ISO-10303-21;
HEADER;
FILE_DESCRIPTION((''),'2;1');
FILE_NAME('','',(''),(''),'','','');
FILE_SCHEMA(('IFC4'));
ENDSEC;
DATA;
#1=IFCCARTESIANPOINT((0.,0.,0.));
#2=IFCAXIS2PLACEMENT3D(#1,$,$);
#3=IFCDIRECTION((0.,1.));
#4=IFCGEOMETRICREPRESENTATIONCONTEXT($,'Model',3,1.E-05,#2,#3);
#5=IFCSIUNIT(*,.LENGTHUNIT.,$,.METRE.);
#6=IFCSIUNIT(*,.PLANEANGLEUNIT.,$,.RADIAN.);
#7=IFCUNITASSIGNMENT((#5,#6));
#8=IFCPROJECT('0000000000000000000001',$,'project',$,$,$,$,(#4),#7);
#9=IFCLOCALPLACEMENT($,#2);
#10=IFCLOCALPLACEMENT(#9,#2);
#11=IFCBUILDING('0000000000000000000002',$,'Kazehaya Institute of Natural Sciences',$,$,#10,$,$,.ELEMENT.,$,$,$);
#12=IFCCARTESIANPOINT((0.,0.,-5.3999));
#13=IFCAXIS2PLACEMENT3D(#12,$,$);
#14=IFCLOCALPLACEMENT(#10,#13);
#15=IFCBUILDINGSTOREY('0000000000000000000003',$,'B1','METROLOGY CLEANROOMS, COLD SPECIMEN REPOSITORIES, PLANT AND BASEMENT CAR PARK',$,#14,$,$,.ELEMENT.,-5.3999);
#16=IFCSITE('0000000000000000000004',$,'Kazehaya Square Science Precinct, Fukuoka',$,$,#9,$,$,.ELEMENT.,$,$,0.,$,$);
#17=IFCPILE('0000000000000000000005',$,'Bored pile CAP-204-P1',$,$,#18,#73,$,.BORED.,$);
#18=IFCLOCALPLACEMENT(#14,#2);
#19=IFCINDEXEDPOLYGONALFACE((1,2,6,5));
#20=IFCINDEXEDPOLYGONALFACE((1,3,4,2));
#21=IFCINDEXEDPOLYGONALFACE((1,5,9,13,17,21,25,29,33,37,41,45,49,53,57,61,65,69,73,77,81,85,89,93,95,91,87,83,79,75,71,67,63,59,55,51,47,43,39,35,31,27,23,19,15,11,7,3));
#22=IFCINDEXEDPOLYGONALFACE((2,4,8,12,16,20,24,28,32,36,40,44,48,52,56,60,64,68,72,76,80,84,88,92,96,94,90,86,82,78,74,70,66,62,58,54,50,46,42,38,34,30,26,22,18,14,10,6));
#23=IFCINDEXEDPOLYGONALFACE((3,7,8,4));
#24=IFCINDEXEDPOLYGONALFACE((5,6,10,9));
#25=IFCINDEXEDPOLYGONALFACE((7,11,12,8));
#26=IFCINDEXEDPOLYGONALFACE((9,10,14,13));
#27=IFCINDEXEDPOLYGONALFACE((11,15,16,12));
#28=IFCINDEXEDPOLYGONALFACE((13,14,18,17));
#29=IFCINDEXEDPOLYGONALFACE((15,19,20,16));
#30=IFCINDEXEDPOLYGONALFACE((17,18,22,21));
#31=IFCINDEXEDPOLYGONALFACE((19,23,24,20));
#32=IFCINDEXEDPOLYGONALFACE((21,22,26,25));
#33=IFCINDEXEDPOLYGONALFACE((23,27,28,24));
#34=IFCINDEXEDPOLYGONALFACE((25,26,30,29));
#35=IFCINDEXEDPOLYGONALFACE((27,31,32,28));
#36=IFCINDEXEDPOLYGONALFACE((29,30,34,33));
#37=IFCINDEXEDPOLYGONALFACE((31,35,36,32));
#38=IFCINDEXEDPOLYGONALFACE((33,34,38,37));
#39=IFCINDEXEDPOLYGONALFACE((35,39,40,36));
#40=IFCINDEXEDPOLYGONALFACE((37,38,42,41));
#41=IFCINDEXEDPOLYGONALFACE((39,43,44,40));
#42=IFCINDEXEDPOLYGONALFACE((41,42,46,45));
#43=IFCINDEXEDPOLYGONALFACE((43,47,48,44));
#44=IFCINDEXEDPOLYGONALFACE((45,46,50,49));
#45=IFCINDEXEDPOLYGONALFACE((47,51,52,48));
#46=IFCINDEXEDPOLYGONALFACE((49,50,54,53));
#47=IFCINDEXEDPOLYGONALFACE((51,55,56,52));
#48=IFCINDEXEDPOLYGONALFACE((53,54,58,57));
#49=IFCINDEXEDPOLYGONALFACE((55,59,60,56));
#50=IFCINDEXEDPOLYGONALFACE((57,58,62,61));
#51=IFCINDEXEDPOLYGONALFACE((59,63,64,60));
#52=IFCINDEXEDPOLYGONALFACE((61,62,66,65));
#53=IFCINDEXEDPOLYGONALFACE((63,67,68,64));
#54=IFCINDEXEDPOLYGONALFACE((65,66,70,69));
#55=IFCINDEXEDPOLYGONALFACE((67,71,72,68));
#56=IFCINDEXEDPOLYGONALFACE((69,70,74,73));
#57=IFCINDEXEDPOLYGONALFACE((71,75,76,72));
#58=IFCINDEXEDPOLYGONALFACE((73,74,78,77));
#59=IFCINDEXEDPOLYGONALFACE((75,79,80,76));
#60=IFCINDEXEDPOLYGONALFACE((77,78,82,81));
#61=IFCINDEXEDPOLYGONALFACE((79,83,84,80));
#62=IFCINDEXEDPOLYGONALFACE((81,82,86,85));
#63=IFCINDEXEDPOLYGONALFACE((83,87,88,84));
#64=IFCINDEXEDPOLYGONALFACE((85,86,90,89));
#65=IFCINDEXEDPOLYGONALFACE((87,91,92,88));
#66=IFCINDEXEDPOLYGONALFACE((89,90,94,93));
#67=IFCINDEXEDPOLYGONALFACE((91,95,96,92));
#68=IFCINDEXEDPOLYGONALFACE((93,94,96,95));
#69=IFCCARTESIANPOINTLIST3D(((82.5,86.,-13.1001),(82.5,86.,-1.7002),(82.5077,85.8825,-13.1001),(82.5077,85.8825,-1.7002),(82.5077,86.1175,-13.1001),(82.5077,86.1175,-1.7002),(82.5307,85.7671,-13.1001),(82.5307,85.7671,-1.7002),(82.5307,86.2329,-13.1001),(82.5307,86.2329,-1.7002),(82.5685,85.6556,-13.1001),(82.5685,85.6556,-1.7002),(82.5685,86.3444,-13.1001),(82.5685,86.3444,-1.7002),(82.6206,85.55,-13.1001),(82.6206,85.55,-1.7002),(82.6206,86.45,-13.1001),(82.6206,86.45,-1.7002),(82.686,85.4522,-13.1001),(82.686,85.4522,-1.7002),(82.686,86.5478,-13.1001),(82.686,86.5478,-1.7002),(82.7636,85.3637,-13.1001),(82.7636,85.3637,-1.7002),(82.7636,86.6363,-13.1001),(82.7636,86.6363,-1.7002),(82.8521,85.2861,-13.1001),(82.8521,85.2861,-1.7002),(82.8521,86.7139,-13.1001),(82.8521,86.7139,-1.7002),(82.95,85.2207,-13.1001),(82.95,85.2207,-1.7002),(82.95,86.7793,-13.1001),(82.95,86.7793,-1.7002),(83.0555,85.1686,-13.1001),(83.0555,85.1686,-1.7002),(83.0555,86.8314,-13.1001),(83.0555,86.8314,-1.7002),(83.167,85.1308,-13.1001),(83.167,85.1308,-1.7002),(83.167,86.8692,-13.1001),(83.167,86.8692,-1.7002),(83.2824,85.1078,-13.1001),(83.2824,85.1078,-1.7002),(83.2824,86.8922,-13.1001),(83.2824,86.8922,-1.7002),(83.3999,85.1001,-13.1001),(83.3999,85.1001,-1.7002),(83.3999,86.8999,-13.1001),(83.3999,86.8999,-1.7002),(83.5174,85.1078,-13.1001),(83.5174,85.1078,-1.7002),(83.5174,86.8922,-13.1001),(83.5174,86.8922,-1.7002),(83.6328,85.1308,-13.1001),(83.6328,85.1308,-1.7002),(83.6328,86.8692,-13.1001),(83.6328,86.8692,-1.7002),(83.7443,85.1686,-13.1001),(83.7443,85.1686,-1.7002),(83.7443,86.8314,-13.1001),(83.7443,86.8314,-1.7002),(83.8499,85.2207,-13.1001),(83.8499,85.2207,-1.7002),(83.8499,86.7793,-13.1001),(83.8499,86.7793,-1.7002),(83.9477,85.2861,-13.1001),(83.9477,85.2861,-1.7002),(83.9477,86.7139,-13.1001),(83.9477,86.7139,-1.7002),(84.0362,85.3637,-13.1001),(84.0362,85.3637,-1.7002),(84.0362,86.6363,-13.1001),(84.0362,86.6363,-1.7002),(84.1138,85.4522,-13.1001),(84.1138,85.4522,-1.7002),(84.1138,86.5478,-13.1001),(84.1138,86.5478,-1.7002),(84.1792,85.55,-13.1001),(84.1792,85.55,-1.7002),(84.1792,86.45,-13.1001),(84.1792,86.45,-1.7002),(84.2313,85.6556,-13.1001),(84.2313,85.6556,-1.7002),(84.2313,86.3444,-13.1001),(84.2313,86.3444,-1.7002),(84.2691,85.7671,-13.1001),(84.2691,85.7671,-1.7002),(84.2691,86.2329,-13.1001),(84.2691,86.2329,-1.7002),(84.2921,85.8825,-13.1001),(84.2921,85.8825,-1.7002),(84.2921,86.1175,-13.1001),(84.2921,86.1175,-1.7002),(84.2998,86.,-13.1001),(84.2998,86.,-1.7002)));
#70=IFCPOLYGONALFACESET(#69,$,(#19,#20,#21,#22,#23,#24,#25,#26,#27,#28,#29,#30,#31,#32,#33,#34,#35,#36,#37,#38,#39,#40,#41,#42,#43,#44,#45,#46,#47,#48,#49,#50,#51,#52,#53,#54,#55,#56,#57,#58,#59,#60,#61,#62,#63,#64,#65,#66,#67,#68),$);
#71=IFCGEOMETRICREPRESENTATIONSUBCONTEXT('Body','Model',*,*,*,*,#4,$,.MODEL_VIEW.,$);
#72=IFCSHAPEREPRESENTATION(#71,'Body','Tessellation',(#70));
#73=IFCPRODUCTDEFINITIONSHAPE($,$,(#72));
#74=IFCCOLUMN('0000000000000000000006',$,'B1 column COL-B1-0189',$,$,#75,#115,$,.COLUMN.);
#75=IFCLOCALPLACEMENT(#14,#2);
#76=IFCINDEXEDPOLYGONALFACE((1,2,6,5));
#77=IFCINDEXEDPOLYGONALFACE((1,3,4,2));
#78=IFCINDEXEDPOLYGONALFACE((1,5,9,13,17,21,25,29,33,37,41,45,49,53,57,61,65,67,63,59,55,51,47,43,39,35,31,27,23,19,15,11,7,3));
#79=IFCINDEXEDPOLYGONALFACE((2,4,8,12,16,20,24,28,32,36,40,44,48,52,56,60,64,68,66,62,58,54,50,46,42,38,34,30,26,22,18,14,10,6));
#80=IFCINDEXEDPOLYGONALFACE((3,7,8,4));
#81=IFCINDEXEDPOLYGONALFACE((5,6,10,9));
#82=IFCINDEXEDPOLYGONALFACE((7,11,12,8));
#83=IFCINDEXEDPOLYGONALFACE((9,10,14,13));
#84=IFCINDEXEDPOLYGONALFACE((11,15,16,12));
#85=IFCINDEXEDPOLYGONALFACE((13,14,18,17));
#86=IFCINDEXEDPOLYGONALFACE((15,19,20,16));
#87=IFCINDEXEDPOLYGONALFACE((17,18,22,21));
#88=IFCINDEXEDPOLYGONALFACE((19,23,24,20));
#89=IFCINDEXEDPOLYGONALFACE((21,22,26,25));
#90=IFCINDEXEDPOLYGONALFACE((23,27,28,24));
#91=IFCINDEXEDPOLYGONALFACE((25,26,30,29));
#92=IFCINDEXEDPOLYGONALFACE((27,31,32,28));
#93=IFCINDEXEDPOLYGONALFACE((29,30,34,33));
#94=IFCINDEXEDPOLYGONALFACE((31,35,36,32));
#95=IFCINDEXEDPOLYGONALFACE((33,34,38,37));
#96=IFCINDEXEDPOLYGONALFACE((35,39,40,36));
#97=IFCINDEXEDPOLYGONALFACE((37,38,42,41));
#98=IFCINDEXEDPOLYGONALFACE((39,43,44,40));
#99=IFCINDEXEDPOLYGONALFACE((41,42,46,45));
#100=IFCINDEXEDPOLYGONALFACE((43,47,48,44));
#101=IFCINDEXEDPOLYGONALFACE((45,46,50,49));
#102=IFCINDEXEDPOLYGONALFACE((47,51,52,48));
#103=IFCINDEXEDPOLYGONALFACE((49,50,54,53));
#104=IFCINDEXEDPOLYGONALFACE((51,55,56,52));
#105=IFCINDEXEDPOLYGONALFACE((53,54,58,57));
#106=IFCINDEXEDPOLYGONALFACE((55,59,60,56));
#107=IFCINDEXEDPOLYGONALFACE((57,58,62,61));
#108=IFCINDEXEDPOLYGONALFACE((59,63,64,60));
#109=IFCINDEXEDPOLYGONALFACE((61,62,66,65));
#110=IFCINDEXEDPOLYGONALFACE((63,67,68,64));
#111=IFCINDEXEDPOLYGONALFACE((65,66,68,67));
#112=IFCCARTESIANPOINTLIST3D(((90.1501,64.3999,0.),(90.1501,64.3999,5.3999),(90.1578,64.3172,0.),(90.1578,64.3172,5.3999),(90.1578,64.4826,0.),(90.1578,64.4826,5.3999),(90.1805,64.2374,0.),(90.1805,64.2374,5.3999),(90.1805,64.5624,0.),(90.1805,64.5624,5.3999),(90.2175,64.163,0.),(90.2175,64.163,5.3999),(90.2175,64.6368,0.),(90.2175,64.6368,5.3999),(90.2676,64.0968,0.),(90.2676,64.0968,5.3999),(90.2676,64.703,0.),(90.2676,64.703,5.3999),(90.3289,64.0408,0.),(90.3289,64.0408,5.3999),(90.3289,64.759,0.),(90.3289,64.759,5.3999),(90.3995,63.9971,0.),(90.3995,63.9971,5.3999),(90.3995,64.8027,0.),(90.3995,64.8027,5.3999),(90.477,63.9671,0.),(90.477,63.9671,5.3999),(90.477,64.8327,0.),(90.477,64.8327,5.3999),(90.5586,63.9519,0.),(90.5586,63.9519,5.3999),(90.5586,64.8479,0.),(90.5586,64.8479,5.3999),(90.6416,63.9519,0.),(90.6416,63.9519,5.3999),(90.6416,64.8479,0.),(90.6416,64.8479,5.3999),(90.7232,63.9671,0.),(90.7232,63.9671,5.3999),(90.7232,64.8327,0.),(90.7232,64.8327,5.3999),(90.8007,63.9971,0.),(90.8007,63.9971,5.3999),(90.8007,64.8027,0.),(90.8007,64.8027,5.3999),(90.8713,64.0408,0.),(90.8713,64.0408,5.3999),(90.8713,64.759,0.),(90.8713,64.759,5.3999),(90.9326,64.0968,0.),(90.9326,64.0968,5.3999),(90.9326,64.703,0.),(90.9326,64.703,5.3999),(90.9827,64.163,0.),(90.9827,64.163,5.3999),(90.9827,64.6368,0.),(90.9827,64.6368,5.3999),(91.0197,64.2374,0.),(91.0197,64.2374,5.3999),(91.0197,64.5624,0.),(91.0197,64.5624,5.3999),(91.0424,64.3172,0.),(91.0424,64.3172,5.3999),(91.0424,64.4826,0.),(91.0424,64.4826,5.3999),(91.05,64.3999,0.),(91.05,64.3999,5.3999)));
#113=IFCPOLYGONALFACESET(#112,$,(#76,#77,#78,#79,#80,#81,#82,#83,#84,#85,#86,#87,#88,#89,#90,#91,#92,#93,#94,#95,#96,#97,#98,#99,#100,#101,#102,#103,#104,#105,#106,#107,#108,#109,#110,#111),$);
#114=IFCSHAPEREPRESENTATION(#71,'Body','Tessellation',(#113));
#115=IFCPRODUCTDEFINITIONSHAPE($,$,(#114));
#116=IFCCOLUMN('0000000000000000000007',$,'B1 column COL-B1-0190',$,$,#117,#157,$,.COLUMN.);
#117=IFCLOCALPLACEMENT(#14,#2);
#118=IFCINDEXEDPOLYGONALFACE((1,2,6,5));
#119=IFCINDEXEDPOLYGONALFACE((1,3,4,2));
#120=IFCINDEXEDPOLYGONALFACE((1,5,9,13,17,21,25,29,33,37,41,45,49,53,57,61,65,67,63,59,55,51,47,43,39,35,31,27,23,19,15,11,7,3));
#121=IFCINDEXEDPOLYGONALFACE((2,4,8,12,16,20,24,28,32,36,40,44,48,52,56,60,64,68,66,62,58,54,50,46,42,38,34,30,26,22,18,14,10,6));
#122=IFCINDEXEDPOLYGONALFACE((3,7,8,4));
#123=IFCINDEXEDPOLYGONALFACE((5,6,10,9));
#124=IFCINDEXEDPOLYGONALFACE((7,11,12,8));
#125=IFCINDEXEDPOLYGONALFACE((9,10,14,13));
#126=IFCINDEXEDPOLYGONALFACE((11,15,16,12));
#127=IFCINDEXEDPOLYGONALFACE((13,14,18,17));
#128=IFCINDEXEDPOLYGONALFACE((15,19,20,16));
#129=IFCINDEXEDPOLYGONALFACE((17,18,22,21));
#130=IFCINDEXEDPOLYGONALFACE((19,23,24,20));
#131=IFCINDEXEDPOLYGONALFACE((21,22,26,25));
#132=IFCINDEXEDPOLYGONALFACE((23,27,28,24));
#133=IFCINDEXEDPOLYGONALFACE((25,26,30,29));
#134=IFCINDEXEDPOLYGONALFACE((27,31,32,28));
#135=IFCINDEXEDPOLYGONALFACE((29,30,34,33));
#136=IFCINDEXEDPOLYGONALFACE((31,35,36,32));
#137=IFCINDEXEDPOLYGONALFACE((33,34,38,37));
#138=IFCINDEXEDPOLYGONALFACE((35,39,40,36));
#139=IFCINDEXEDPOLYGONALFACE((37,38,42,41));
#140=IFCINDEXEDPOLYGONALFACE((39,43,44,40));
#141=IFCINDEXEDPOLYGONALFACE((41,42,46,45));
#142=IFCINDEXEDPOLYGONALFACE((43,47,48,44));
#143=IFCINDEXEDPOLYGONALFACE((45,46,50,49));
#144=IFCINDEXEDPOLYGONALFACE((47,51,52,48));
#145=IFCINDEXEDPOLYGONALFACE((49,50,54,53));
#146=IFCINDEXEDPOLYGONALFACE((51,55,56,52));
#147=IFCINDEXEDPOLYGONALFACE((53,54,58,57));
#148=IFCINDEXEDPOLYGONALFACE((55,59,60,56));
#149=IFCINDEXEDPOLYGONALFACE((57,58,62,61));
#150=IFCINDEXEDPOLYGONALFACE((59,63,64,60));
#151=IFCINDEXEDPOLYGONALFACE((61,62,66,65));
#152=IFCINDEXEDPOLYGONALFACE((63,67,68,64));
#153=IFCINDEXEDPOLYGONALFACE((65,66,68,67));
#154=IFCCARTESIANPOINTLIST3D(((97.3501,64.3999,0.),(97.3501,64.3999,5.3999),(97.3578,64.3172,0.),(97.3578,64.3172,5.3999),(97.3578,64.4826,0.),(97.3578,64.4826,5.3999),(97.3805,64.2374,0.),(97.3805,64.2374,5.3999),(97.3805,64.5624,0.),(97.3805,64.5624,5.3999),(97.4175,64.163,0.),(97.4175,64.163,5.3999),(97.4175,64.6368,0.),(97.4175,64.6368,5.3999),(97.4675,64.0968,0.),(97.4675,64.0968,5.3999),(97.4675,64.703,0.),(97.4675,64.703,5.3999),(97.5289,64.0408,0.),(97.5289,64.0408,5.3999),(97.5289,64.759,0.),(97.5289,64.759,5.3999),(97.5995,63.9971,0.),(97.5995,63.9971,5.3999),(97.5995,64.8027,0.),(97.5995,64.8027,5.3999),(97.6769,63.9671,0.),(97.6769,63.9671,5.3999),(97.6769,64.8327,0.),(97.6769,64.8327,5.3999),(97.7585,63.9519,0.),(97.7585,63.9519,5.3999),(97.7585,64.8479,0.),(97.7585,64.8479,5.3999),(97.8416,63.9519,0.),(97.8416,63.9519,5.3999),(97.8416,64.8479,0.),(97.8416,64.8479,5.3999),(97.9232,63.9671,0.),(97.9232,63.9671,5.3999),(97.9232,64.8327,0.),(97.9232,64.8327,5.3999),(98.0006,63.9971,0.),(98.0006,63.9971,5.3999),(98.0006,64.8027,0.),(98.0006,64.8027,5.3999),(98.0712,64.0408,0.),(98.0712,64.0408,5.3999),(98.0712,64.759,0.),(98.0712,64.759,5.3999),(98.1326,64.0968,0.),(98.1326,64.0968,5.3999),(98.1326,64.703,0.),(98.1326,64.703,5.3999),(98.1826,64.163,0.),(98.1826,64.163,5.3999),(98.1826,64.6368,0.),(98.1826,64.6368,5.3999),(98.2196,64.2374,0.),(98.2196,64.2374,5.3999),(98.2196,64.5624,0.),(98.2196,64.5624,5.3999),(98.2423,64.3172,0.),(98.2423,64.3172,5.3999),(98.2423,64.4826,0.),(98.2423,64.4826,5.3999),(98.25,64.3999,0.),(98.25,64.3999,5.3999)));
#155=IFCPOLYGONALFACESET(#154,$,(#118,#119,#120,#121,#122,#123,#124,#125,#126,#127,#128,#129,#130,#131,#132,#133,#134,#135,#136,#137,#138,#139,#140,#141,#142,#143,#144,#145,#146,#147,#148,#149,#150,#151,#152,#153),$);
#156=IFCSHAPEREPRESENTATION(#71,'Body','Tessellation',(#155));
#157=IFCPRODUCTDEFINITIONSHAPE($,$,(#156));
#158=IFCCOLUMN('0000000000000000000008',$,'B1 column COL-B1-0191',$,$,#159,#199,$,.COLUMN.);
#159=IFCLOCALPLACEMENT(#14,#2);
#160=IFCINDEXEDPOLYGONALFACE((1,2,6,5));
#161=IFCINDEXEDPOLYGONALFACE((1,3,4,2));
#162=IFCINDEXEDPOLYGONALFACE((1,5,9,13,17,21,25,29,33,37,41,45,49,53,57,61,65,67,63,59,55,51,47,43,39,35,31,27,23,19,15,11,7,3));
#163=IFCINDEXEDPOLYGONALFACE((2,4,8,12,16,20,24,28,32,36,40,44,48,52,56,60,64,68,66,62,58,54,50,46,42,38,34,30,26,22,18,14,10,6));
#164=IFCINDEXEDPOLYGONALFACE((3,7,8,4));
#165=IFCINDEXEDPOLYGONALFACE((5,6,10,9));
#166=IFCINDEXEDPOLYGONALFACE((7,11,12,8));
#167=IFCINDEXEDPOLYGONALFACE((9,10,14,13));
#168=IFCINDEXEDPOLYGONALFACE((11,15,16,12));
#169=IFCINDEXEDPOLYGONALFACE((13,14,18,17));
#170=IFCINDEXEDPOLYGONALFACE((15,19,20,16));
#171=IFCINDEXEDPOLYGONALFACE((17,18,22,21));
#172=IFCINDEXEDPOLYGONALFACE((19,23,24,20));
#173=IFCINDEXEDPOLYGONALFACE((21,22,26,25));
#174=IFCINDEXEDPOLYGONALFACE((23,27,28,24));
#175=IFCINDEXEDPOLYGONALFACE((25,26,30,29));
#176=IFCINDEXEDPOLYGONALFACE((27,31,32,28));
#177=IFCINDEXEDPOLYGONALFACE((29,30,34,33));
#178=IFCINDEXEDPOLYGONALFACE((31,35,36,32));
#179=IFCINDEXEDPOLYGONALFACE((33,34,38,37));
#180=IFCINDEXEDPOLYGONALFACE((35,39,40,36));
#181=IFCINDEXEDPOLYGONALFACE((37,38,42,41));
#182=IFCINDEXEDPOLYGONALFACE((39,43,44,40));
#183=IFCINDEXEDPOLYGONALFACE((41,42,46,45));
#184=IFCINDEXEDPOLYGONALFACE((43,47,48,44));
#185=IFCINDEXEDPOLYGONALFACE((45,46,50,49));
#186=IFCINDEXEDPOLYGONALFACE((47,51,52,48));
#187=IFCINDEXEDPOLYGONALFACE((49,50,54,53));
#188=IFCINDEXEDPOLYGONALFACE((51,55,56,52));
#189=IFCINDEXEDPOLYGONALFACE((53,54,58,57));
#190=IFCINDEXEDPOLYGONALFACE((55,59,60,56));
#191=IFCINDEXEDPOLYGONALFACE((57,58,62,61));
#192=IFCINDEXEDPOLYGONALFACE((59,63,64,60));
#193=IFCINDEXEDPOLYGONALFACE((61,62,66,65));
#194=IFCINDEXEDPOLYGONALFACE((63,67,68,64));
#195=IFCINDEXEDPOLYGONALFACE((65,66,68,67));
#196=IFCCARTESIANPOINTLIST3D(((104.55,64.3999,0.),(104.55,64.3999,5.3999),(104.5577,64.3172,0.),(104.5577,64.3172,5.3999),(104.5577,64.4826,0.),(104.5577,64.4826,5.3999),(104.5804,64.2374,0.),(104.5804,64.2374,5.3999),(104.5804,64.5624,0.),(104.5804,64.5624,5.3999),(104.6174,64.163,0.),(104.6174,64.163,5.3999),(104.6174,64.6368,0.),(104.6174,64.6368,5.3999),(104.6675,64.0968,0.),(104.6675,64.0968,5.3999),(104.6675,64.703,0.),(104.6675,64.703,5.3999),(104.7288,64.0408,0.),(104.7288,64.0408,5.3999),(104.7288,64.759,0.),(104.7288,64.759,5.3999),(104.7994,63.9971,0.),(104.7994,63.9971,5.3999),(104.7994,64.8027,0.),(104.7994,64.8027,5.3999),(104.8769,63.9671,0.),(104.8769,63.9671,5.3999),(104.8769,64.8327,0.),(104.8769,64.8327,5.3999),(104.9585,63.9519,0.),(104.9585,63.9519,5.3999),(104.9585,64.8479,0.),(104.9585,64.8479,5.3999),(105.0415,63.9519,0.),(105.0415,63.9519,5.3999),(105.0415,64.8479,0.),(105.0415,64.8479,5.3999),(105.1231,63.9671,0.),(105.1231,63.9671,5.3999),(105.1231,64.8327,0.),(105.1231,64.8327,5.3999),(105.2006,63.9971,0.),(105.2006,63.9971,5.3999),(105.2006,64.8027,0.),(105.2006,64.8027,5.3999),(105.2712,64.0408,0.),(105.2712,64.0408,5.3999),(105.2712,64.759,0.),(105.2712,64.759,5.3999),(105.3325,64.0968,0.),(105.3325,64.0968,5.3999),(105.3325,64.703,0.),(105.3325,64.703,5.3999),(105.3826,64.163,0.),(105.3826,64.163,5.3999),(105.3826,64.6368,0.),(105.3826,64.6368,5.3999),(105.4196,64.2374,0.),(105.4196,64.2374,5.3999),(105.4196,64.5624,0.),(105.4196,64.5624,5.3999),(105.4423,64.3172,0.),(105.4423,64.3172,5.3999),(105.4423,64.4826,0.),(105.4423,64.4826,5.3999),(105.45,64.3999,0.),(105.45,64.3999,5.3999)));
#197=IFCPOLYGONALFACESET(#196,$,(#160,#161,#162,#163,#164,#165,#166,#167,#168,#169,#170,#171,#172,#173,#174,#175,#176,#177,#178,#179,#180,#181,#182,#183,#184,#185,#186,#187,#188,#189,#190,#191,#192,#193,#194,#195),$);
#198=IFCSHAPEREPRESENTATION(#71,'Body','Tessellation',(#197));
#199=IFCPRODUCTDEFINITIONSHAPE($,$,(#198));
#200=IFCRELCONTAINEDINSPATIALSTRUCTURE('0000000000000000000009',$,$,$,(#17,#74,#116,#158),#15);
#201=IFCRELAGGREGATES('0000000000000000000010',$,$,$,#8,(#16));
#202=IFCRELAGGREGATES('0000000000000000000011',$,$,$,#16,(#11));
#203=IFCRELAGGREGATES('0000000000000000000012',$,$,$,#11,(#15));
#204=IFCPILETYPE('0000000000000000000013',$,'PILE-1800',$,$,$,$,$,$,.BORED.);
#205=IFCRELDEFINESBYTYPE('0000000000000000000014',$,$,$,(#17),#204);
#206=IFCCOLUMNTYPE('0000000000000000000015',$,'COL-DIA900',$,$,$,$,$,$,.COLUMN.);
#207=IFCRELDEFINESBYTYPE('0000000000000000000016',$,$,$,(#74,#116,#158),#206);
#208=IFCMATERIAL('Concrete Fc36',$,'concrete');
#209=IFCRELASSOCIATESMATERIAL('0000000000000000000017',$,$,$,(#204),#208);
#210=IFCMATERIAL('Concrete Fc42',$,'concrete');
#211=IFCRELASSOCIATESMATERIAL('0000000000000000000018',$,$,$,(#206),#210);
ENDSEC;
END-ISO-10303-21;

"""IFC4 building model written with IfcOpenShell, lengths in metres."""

from ifc_helpers import new_model, si_unit, direction, frame, origin, origin_2d, place, context, subcontext, project, spatial, circle, extrude, material, material_profile, profile_set, type_object, element, save


model = new_model("IFC4")

# Units and contexts
model_context = context("Model", 3, precision=1e-05, world=origin(), true_north=direction((0.0, 1.0)))
body_context = subcontext(model_context, "Body", "Model", "MODEL_VIEW")
ifc_project = project(units=[si_unit("LENGTHUNIT", "METRE"), si_unit("PLANEANGLEUNIT", "RADIAN")], contexts=[model_context])

# Site, building, storey
site_placement = place(None, origin())
site = spatial("IfcSite", under=ifc_project, at=site_placement, Name="Kazehaya Square Science Precinct, Fukuoka", CompositionType="ELEMENT", RefElevation=0.0)
building_placement = place(site_placement, origin())
building = spatial("IfcBuilding", under=site, at=building_placement, Name="Kazehaya Institute of Natural Sciences", CompositionType="ELEMENT")
storey_placement = place(building_placement, frame((0.0, 0.0, -5.3999)))
storey = spatial("IfcBuildingStorey", under=building, at=storey_placement, Name="B1", Description="METROLOGY CLEANROOMS, COLD SPECIMEN REPOSITORIES, PLANT AND BASEMENT CAR PARK", CompositionType="ELEMENT", Elevation=-5.3999)

# Shared definitions
ifc_material_1 = material(Name="Concrete Fc36", Category="concrete")

# Pile
ifc_material_profile_1 = material_profile(ifc_material_1, circle(Radius=0.8999, at=origin_2d()), Name="PILE-1800")
ifc_profile_set_1 = profile_set([ifc_material_profile_1], Name="Concrete Fc36")
pile_type_1 = type_object("IfcPileType", Name="PILE-1800", PredefinedType="BORED", material=ifc_profile_set_1)
pile_placement = place(storey_placement, frame((83.3999, 86.0, -1.7002), z_axis=(0.0, 0.0, -1.0), x_axis=(1.0, 0.0, 0.0)))
element("IfcPile", 1, at=pile_placement, inside=storey, type_object=pile_type_1, Name="Bored pile CAP-204-P1", PredefinedType="BORED", context=body_context, shape_type="SweptSolid", body=[
    extrude(circle(Radius=0.8999, at=origin_2d()), origin(), (0.0, 0.0, 1.0), 11.3999),
])

# Columns
ifc_material_2 = material(Name="Concrete Fc42", Category="concrete")
ifc_material_profile_2 = material_profile(ifc_material_2, circle(Radius=0.45, at=origin_2d()), Name="RC-DIA900")
ifc_profile_set_2 = profile_set([ifc_material_profile_2], Name="Concrete Fc42")
column_type_1 = type_object("IfcColumnType", Name="COL-DIA900", PredefinedType="COLUMN", material=ifc_profile_set_2)
for number, where, z_axis, x_axis, name in (
    (2, (90.6001, 64.3999, 0.0), (0.0, 0.0, 1.0), (1.0, 0.0, 0.0), "B1 column COL-B1-0189"),
    (3, (97.8, 64.3999, 0.0), (0.0, 0.0, 1.0), (1.0, 0.0, 0.0), "B1 column COL-B1-0190"),
    (4, (105.0, 64.3999, 0.0), (0.0, 0.0, 1.0), (1.0, 0.0, 0.0), "B1 column COL-B1-0191"),
):
    element("IfcColumn", number, at=place(storey_placement, frame(where, z_axis=z_axis, x_axis=x_axis)), inside=storey, type_object=column_type_1, Name=name, PredefinedType="COLUMN", context=body_context, shape_type="SweptSolid", body=[
        extrude(circle(Radius=0.45, at=origin_2d()), origin(), (0.0, 0.0, 1.0), 5.3999),
    ])

save(model, "model.ifc")
